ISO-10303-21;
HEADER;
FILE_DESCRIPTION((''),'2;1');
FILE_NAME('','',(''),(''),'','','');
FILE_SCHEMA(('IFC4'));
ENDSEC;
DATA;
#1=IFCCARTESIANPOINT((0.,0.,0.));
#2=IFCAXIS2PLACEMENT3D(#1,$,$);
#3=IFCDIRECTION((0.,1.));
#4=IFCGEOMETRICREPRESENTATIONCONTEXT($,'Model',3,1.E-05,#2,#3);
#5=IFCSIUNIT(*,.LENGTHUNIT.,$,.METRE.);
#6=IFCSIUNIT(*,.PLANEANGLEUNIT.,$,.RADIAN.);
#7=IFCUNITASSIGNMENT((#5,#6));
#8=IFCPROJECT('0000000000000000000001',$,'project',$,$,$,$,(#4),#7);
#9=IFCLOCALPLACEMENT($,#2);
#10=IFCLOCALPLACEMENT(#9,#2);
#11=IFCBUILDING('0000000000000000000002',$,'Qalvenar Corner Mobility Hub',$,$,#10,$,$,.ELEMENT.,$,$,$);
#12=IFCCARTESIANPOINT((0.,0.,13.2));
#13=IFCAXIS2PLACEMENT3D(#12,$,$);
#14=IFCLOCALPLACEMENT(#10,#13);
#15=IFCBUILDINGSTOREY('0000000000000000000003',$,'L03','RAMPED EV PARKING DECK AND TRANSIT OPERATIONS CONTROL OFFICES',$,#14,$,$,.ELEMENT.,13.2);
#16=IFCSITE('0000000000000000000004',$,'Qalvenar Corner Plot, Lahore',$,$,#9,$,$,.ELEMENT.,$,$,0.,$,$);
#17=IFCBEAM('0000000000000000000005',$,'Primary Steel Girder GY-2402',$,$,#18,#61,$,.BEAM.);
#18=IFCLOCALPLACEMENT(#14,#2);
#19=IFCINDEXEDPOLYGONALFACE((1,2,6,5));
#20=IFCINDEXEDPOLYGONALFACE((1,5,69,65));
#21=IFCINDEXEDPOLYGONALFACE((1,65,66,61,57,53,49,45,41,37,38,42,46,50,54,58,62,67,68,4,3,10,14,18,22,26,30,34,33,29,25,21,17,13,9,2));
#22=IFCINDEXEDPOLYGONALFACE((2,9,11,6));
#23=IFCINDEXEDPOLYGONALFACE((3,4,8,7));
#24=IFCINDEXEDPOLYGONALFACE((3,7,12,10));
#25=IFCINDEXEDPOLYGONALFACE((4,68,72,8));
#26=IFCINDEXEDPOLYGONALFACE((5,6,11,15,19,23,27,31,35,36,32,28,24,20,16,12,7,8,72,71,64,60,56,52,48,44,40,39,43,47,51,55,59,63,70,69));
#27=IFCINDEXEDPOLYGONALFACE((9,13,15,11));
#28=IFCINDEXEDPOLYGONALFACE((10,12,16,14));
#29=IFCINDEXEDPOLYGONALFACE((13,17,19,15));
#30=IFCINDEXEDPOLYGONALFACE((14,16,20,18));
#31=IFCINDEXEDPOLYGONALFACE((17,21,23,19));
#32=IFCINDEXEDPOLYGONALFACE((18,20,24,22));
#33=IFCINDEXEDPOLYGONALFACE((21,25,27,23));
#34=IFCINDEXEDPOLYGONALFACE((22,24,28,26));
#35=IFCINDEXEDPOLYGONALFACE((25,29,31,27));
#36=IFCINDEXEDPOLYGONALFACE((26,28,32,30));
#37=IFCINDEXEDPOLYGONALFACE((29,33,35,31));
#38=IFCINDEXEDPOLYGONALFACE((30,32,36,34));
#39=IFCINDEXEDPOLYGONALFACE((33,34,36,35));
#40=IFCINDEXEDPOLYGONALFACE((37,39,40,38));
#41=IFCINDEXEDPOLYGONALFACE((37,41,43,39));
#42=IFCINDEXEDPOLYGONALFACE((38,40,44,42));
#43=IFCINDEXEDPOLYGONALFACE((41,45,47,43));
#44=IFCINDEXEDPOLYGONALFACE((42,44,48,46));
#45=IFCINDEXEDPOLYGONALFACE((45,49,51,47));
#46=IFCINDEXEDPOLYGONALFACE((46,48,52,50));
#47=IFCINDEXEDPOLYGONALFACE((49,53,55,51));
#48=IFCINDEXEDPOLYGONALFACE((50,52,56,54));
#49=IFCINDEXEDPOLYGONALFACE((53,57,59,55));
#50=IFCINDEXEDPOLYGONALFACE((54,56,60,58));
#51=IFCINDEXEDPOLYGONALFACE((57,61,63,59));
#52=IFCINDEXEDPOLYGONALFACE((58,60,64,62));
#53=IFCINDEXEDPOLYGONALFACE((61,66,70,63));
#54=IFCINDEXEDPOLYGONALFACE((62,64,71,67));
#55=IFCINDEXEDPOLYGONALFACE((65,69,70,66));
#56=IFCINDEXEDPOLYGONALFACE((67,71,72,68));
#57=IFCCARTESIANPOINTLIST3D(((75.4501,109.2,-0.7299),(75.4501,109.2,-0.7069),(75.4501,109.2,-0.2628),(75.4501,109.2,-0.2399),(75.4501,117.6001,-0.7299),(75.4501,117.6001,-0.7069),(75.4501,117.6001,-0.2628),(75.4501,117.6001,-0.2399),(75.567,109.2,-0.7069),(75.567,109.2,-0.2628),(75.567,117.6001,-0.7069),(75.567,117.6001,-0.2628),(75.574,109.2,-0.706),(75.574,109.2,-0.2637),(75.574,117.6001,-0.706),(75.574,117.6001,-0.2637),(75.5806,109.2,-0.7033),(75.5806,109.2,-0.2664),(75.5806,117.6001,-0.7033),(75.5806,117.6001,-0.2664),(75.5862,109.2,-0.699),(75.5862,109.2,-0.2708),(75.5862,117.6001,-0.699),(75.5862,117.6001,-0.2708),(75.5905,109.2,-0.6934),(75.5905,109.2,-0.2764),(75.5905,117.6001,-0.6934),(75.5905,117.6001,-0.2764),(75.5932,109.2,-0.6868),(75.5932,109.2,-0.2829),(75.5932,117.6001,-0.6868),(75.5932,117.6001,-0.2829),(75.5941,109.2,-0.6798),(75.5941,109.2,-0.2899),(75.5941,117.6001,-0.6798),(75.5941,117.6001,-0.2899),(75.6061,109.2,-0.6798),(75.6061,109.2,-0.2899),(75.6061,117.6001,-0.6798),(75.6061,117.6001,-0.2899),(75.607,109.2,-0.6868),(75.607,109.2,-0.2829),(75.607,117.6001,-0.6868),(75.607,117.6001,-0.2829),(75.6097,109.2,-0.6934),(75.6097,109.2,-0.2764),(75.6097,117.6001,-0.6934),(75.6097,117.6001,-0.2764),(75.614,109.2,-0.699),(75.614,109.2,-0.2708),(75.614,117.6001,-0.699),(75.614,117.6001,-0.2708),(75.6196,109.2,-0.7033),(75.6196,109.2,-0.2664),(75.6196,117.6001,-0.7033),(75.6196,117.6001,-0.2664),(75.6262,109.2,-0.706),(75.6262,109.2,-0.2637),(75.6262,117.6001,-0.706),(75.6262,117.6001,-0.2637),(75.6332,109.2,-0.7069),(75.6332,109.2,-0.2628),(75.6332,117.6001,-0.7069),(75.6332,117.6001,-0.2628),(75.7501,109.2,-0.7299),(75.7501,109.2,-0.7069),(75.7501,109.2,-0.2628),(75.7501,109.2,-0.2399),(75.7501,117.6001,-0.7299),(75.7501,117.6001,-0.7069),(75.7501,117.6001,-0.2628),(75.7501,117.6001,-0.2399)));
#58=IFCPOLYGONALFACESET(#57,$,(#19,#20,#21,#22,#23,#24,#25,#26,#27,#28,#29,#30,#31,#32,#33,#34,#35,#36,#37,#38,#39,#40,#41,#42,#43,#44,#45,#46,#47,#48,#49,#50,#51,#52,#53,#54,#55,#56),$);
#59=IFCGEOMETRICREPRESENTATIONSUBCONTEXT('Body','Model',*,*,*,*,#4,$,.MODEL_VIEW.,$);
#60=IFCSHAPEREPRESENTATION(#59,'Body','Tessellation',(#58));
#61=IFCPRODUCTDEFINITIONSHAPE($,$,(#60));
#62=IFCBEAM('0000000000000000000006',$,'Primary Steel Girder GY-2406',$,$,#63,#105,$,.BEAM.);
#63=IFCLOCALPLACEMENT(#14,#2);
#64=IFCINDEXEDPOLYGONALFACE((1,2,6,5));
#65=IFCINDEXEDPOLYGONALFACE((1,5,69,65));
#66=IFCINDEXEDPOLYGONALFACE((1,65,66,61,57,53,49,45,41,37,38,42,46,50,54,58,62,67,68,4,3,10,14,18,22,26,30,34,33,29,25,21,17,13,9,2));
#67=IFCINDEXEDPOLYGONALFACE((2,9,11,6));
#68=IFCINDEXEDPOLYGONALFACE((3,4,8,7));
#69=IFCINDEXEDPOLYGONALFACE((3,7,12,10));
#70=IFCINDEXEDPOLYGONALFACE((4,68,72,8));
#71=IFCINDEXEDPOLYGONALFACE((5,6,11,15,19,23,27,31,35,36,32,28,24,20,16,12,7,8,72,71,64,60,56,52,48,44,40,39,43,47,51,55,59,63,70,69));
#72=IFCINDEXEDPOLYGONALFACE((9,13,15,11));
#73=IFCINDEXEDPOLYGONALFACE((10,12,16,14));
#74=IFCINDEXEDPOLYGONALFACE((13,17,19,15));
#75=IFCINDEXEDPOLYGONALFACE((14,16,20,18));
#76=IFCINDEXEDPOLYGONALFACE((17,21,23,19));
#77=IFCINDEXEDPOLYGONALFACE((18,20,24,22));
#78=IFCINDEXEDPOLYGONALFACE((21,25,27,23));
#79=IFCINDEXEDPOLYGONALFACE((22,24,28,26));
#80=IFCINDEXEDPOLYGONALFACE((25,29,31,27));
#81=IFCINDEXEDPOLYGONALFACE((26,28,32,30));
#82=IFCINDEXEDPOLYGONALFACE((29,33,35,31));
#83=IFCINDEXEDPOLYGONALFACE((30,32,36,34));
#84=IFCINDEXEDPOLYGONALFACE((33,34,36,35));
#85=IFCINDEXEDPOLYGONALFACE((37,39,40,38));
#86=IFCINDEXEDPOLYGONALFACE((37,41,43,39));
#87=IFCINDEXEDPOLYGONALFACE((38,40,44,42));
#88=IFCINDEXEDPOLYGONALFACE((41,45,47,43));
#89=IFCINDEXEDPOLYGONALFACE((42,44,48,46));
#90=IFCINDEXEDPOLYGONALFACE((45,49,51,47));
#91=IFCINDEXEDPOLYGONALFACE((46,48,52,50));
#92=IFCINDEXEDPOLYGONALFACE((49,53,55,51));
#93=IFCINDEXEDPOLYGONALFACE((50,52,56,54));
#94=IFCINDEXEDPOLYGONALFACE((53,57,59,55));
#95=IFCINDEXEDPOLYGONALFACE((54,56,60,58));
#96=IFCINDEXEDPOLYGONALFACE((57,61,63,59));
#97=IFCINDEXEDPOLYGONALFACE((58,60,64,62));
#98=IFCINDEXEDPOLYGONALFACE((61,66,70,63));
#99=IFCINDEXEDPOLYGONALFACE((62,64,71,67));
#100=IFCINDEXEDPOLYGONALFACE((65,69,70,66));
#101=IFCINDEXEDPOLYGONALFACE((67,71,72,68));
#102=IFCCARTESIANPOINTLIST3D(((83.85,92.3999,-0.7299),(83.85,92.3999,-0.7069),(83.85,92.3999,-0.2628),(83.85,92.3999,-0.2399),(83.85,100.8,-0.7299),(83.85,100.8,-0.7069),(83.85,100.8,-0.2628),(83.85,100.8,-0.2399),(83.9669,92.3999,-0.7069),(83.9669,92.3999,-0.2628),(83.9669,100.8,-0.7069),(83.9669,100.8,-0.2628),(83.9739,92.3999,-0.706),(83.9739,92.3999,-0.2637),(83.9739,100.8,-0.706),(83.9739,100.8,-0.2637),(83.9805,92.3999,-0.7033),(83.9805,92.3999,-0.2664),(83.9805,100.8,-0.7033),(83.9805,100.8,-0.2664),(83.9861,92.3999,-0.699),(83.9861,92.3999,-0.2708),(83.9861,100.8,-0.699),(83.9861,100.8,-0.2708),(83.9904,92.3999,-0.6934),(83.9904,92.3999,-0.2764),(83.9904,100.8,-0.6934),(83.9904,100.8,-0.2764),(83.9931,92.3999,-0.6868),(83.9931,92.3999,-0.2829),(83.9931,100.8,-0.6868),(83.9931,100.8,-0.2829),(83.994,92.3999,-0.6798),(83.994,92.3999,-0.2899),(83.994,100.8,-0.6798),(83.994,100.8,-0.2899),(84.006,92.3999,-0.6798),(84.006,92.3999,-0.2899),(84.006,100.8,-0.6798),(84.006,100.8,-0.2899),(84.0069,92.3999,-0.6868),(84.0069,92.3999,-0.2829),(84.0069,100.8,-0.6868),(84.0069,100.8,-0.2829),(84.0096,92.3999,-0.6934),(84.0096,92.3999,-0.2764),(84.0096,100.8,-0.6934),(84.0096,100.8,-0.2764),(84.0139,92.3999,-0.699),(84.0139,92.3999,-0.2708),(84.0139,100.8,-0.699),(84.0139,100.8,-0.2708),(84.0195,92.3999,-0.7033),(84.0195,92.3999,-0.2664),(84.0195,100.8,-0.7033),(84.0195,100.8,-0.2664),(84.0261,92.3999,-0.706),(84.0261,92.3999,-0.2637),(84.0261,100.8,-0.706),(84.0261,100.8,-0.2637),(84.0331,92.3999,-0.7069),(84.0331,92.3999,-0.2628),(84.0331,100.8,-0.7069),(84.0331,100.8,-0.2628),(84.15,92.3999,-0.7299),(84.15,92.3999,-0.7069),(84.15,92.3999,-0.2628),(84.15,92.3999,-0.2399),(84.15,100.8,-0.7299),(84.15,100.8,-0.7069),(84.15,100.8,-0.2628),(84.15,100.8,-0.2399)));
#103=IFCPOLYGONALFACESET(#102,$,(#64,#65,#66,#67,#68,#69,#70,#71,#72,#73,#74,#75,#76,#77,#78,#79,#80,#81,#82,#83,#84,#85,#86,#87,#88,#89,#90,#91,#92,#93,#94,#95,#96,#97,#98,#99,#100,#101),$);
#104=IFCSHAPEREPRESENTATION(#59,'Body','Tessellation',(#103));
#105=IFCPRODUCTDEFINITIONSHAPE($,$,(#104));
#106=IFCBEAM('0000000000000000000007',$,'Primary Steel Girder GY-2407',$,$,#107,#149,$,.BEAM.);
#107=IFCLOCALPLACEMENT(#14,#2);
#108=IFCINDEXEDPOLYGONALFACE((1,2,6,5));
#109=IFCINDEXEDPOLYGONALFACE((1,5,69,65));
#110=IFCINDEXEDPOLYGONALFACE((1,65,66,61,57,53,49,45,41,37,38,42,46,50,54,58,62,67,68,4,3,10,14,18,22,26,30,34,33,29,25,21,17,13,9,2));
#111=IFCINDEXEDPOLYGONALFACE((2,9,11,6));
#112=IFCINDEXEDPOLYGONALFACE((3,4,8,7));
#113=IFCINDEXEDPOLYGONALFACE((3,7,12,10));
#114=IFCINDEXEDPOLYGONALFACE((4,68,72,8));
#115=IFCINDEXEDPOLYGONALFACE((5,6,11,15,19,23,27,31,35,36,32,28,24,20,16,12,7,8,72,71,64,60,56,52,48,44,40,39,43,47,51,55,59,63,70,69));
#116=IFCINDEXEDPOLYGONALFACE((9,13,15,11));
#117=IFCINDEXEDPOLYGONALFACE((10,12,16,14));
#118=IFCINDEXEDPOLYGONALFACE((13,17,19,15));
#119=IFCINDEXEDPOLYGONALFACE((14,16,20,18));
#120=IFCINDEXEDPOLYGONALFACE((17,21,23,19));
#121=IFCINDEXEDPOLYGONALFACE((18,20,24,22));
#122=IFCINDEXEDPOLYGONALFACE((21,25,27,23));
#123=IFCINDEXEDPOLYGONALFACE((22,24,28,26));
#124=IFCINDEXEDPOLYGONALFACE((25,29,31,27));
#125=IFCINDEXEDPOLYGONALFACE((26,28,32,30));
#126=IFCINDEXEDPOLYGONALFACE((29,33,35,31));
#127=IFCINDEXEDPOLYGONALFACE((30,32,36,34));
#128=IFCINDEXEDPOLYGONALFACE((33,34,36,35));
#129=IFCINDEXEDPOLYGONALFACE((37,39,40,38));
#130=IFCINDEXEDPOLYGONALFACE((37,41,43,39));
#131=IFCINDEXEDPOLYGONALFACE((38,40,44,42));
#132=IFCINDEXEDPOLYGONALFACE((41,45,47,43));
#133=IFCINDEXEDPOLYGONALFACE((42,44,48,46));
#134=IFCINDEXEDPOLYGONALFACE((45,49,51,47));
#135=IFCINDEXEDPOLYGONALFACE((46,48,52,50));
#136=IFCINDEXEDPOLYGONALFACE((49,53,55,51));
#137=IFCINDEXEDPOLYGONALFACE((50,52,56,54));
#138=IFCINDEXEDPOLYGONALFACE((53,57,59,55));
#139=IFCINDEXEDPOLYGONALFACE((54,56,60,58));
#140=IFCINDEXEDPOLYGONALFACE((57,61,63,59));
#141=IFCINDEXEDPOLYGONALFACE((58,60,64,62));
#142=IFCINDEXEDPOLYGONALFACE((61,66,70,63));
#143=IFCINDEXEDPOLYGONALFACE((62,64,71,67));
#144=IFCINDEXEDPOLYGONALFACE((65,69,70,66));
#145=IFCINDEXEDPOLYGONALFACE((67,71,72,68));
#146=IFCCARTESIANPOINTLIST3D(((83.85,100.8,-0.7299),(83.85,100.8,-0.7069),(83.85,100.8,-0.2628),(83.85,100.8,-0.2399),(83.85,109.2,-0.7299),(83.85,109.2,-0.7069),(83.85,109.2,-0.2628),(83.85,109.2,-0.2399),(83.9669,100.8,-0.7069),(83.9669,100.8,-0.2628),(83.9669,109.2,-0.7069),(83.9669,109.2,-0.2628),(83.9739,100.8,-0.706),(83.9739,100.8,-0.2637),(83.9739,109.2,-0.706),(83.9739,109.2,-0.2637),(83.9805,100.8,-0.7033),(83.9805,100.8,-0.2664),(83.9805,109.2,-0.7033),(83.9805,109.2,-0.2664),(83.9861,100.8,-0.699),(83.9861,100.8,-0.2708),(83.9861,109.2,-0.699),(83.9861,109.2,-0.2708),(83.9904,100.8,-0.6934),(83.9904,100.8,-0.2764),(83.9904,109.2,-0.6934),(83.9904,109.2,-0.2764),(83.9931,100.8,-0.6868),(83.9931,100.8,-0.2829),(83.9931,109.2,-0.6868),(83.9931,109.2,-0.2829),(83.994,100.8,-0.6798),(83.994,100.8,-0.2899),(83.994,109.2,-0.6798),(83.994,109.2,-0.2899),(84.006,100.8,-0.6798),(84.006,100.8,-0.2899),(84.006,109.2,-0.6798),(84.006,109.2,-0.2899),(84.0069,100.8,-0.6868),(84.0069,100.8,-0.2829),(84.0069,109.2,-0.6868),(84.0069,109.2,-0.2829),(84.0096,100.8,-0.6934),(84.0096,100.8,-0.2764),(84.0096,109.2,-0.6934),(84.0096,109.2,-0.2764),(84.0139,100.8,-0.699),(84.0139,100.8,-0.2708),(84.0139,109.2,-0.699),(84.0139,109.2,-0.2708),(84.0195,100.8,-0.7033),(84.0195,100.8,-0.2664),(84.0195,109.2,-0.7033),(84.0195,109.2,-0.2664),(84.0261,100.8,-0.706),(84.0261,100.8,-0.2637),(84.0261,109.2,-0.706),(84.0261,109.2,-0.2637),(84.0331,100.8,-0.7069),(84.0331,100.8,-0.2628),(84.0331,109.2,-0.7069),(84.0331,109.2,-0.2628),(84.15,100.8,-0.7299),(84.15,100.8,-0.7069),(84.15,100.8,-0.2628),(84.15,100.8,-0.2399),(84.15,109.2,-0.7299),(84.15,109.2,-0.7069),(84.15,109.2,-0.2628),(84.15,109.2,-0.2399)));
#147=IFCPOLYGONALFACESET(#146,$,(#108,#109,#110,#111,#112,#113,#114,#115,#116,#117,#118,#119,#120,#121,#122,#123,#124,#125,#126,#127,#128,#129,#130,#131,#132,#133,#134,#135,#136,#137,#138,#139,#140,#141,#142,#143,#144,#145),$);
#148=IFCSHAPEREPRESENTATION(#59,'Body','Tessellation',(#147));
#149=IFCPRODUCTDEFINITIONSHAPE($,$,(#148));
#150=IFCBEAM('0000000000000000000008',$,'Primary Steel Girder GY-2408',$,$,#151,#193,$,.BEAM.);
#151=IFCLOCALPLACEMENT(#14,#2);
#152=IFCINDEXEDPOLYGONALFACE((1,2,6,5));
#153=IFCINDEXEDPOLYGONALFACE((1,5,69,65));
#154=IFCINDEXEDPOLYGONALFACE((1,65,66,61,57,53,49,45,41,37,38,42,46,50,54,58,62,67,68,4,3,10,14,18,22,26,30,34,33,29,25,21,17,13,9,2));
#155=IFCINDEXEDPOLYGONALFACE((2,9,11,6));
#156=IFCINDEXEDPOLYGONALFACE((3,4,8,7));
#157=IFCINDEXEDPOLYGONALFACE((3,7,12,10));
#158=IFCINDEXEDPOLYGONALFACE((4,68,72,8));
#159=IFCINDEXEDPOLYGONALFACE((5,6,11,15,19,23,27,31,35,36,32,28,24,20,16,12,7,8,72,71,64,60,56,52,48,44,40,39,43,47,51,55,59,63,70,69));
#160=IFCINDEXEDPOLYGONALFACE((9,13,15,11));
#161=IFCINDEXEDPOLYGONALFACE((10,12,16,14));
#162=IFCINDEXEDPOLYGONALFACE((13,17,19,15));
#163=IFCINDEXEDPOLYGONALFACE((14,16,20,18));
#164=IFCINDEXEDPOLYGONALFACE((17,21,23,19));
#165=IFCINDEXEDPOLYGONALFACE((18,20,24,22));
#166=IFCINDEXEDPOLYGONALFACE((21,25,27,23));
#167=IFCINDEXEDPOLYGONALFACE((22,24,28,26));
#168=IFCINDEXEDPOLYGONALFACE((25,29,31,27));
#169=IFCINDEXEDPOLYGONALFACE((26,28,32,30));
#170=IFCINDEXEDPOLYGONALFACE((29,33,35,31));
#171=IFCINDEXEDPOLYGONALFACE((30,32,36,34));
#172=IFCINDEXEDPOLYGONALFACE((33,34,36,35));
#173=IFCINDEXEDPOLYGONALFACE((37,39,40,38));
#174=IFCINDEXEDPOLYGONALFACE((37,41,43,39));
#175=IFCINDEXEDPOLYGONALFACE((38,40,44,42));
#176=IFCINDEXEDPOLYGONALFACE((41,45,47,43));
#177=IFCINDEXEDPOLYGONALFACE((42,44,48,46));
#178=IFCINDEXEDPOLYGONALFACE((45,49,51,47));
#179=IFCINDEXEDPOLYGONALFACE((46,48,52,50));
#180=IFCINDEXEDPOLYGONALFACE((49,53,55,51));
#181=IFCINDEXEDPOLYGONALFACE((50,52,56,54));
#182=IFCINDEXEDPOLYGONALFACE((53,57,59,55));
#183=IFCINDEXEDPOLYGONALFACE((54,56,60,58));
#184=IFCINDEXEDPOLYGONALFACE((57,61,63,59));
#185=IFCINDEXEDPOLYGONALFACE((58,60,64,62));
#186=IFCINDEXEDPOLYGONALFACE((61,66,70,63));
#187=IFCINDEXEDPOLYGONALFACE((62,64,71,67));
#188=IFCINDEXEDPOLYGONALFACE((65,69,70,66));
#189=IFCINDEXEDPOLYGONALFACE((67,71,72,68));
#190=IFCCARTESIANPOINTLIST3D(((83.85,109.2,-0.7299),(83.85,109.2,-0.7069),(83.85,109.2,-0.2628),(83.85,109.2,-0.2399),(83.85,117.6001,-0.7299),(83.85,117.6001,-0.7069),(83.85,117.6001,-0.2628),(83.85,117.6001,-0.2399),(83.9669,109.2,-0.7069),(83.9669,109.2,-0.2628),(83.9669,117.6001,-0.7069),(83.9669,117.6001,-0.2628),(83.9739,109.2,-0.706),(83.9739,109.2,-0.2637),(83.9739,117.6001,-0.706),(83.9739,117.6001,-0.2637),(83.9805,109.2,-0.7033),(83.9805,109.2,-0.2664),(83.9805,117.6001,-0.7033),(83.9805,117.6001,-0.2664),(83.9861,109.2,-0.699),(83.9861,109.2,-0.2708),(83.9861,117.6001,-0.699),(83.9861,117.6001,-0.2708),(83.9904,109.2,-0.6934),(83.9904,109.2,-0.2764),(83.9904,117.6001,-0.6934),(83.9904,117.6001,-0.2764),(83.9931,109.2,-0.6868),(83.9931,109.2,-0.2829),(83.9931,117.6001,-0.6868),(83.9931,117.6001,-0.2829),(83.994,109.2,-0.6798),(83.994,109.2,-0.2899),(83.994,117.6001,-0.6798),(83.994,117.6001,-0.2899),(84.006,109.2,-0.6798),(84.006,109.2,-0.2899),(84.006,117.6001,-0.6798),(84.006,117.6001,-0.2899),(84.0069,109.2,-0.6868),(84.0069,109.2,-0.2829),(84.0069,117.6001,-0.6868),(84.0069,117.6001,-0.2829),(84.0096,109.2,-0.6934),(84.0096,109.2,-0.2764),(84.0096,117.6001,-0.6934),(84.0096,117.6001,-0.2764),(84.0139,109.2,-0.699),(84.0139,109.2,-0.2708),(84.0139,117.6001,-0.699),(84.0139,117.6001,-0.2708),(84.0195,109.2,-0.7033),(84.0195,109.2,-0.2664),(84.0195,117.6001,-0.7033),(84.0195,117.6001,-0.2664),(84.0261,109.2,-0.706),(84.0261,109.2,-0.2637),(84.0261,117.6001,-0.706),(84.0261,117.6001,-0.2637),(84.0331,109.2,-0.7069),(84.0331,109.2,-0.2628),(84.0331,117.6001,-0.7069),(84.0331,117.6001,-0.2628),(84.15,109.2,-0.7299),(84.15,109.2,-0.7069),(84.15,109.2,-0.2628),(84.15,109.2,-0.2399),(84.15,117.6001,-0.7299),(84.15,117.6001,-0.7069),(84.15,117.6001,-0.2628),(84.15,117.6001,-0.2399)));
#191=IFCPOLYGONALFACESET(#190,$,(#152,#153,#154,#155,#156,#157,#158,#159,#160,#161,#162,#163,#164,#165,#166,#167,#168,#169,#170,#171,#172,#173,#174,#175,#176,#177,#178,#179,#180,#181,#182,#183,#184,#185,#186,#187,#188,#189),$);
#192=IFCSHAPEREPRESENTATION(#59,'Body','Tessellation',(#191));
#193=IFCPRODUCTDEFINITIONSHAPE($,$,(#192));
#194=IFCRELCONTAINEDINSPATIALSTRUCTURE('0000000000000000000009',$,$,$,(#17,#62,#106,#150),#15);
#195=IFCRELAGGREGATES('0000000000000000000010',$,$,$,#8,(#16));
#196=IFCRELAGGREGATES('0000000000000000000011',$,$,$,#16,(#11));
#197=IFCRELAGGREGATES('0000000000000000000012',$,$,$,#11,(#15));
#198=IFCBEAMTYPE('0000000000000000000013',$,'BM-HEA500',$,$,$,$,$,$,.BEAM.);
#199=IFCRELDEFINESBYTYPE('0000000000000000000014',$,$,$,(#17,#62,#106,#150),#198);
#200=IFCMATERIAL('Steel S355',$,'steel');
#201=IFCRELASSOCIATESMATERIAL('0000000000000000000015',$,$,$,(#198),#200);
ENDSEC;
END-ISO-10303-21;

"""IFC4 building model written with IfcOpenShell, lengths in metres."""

from ifc_helpers import new_model, si_unit, direction, frame, origin, origin_2d, place, context, subcontext, project, spatial, i_section, extrude, material, material_profile, profile_set, type_object, element, save


model = new_model("IFC4")

# Units and contexts
model_context = context("Model", 3, precision=1e-05, world=origin(), true_north=direction((0.0, 1.0)))
body_context = subcontext(model_context, "Body", "Model", "MODEL_VIEW")
ifc_project = project(units=[si_unit("LENGTHUNIT", "METRE"), si_unit("PLANEANGLEUNIT", "RADIAN")], contexts=[model_context])

# Site, building, storey
site_placement = place(None, origin())
site = spatial("IfcSite", under=ifc_project, at=site_placement, Name="Qalvenar Corner Plot, Lahore", CompositionType="ELEMENT", RefElevation=0.0)
building_placement = place(site_placement, origin())
building = spatial("IfcBuilding", under=site, at=building_placement, Name="Qalvenar Corner Mobility Hub", CompositionType="ELEMENT")
storey_placement = place(building_placement, frame((0.0, 0.0, 13.2)))
storey = spatial("IfcBuildingStorey", under=building, at=storey_placement, Name="L03", Description="RAMPED EV PARKING DECK AND TRANSIT OPERATIONS CONTROL OFFICES", CompositionType="ELEMENT", Elevation=13.2)

# Shared definitions
ifc_material = material(Name="Steel S355", Category="steel")

# Beams
ifc_material_profile_1 = material_profile(ifc_material, i_section(OverallWidth=0.3, OverallDepth=0.49, WebThickness=0.012, FlangeThickness=0.0229, FilletRadius=0.0271, at=origin_2d()), Name="HEA500")
ifc_profile_set_1 = profile_set([ifc_material_profile_1], Name="Steel S355")
beam_type_1 = type_object("IfcBeamType", Name="BM-HEA500", PredefinedType="BEAM", material=ifc_profile_set_1)
for number, where, z_axis, x_axis, name in (
    (1, (75.6001, 109.2, -0.4849), (0.0, 1.0, 0.0), (-1.0, 0.0, 0.0), "Primary Steel Girder GY-2402"),
    (2, (84.0, 92.3999, -0.4849), (0.0, 1.0, 0.0), (-1.0, 0.0, 0.0), "Primary Steel Girder GY-2406"),
):
    element("IfcBeam", number, at=place(storey_placement, frame(where, z_axis=z_axis, x_axis=x_axis)), inside=storey, type_object=beam_type_1, Name=name, PredefinedType="BEAM", context=body_context, shape_type="SweptSolid", body=[
        extrude(i_section(OverallWidth=0.3, OverallDepth=0.49, WebThickness=0.012, FlangeThickness=0.0229, FilletRadius=0.0271, at=origin_2d()), origin(), (0.0, 0.0, 1.0), 8.4001),
    ])
beam_1_placement = place(storey_placement, frame((84.0, 100.8, -0.4849), z_axis=(0.0, 1.0, 0.0), x_axis=(-1.0, 0.0, 0.0)))
element("IfcBeam", 3, at=beam_1_placement, inside=storey, type_object=beam_type_1, Name="Primary Steel Girder GY-2407", PredefinedType="BEAM", context=body_context, shape_type="SweptSolid", body=[
    extrude(i_section(OverallWidth=0.3, OverallDepth=0.49, WebThickness=0.012, FlangeThickness=0.0229, FilletRadius=0.0271, at=origin_2d()), origin(), (0.0, 0.0, 1.0), 8.3999),
])
beam_2_placement = place(storey_placement, frame((84.0, 109.2, -0.4849), z_axis=(0.0, 1.0, 0.0), x_axis=(-1.0, 0.0, 0.0)))
element("IfcBeam", 4, at=beam_2_placement, inside=storey, type_object=beam_type_1, Name="Primary Steel Girder GY-2408", PredefinedType="BEAM", context=body_context, shape_type="SweptSolid", body=[
    extrude(i_section(OverallWidth=0.3, OverallDepth=0.49, WebThickness=0.012, FlangeThickness=0.0229, FilletRadius=0.0271, at=origin_2d()), origin(), (0.0, 0.0, 1.0), 8.4001),
])

save(model, "model.ifc")
